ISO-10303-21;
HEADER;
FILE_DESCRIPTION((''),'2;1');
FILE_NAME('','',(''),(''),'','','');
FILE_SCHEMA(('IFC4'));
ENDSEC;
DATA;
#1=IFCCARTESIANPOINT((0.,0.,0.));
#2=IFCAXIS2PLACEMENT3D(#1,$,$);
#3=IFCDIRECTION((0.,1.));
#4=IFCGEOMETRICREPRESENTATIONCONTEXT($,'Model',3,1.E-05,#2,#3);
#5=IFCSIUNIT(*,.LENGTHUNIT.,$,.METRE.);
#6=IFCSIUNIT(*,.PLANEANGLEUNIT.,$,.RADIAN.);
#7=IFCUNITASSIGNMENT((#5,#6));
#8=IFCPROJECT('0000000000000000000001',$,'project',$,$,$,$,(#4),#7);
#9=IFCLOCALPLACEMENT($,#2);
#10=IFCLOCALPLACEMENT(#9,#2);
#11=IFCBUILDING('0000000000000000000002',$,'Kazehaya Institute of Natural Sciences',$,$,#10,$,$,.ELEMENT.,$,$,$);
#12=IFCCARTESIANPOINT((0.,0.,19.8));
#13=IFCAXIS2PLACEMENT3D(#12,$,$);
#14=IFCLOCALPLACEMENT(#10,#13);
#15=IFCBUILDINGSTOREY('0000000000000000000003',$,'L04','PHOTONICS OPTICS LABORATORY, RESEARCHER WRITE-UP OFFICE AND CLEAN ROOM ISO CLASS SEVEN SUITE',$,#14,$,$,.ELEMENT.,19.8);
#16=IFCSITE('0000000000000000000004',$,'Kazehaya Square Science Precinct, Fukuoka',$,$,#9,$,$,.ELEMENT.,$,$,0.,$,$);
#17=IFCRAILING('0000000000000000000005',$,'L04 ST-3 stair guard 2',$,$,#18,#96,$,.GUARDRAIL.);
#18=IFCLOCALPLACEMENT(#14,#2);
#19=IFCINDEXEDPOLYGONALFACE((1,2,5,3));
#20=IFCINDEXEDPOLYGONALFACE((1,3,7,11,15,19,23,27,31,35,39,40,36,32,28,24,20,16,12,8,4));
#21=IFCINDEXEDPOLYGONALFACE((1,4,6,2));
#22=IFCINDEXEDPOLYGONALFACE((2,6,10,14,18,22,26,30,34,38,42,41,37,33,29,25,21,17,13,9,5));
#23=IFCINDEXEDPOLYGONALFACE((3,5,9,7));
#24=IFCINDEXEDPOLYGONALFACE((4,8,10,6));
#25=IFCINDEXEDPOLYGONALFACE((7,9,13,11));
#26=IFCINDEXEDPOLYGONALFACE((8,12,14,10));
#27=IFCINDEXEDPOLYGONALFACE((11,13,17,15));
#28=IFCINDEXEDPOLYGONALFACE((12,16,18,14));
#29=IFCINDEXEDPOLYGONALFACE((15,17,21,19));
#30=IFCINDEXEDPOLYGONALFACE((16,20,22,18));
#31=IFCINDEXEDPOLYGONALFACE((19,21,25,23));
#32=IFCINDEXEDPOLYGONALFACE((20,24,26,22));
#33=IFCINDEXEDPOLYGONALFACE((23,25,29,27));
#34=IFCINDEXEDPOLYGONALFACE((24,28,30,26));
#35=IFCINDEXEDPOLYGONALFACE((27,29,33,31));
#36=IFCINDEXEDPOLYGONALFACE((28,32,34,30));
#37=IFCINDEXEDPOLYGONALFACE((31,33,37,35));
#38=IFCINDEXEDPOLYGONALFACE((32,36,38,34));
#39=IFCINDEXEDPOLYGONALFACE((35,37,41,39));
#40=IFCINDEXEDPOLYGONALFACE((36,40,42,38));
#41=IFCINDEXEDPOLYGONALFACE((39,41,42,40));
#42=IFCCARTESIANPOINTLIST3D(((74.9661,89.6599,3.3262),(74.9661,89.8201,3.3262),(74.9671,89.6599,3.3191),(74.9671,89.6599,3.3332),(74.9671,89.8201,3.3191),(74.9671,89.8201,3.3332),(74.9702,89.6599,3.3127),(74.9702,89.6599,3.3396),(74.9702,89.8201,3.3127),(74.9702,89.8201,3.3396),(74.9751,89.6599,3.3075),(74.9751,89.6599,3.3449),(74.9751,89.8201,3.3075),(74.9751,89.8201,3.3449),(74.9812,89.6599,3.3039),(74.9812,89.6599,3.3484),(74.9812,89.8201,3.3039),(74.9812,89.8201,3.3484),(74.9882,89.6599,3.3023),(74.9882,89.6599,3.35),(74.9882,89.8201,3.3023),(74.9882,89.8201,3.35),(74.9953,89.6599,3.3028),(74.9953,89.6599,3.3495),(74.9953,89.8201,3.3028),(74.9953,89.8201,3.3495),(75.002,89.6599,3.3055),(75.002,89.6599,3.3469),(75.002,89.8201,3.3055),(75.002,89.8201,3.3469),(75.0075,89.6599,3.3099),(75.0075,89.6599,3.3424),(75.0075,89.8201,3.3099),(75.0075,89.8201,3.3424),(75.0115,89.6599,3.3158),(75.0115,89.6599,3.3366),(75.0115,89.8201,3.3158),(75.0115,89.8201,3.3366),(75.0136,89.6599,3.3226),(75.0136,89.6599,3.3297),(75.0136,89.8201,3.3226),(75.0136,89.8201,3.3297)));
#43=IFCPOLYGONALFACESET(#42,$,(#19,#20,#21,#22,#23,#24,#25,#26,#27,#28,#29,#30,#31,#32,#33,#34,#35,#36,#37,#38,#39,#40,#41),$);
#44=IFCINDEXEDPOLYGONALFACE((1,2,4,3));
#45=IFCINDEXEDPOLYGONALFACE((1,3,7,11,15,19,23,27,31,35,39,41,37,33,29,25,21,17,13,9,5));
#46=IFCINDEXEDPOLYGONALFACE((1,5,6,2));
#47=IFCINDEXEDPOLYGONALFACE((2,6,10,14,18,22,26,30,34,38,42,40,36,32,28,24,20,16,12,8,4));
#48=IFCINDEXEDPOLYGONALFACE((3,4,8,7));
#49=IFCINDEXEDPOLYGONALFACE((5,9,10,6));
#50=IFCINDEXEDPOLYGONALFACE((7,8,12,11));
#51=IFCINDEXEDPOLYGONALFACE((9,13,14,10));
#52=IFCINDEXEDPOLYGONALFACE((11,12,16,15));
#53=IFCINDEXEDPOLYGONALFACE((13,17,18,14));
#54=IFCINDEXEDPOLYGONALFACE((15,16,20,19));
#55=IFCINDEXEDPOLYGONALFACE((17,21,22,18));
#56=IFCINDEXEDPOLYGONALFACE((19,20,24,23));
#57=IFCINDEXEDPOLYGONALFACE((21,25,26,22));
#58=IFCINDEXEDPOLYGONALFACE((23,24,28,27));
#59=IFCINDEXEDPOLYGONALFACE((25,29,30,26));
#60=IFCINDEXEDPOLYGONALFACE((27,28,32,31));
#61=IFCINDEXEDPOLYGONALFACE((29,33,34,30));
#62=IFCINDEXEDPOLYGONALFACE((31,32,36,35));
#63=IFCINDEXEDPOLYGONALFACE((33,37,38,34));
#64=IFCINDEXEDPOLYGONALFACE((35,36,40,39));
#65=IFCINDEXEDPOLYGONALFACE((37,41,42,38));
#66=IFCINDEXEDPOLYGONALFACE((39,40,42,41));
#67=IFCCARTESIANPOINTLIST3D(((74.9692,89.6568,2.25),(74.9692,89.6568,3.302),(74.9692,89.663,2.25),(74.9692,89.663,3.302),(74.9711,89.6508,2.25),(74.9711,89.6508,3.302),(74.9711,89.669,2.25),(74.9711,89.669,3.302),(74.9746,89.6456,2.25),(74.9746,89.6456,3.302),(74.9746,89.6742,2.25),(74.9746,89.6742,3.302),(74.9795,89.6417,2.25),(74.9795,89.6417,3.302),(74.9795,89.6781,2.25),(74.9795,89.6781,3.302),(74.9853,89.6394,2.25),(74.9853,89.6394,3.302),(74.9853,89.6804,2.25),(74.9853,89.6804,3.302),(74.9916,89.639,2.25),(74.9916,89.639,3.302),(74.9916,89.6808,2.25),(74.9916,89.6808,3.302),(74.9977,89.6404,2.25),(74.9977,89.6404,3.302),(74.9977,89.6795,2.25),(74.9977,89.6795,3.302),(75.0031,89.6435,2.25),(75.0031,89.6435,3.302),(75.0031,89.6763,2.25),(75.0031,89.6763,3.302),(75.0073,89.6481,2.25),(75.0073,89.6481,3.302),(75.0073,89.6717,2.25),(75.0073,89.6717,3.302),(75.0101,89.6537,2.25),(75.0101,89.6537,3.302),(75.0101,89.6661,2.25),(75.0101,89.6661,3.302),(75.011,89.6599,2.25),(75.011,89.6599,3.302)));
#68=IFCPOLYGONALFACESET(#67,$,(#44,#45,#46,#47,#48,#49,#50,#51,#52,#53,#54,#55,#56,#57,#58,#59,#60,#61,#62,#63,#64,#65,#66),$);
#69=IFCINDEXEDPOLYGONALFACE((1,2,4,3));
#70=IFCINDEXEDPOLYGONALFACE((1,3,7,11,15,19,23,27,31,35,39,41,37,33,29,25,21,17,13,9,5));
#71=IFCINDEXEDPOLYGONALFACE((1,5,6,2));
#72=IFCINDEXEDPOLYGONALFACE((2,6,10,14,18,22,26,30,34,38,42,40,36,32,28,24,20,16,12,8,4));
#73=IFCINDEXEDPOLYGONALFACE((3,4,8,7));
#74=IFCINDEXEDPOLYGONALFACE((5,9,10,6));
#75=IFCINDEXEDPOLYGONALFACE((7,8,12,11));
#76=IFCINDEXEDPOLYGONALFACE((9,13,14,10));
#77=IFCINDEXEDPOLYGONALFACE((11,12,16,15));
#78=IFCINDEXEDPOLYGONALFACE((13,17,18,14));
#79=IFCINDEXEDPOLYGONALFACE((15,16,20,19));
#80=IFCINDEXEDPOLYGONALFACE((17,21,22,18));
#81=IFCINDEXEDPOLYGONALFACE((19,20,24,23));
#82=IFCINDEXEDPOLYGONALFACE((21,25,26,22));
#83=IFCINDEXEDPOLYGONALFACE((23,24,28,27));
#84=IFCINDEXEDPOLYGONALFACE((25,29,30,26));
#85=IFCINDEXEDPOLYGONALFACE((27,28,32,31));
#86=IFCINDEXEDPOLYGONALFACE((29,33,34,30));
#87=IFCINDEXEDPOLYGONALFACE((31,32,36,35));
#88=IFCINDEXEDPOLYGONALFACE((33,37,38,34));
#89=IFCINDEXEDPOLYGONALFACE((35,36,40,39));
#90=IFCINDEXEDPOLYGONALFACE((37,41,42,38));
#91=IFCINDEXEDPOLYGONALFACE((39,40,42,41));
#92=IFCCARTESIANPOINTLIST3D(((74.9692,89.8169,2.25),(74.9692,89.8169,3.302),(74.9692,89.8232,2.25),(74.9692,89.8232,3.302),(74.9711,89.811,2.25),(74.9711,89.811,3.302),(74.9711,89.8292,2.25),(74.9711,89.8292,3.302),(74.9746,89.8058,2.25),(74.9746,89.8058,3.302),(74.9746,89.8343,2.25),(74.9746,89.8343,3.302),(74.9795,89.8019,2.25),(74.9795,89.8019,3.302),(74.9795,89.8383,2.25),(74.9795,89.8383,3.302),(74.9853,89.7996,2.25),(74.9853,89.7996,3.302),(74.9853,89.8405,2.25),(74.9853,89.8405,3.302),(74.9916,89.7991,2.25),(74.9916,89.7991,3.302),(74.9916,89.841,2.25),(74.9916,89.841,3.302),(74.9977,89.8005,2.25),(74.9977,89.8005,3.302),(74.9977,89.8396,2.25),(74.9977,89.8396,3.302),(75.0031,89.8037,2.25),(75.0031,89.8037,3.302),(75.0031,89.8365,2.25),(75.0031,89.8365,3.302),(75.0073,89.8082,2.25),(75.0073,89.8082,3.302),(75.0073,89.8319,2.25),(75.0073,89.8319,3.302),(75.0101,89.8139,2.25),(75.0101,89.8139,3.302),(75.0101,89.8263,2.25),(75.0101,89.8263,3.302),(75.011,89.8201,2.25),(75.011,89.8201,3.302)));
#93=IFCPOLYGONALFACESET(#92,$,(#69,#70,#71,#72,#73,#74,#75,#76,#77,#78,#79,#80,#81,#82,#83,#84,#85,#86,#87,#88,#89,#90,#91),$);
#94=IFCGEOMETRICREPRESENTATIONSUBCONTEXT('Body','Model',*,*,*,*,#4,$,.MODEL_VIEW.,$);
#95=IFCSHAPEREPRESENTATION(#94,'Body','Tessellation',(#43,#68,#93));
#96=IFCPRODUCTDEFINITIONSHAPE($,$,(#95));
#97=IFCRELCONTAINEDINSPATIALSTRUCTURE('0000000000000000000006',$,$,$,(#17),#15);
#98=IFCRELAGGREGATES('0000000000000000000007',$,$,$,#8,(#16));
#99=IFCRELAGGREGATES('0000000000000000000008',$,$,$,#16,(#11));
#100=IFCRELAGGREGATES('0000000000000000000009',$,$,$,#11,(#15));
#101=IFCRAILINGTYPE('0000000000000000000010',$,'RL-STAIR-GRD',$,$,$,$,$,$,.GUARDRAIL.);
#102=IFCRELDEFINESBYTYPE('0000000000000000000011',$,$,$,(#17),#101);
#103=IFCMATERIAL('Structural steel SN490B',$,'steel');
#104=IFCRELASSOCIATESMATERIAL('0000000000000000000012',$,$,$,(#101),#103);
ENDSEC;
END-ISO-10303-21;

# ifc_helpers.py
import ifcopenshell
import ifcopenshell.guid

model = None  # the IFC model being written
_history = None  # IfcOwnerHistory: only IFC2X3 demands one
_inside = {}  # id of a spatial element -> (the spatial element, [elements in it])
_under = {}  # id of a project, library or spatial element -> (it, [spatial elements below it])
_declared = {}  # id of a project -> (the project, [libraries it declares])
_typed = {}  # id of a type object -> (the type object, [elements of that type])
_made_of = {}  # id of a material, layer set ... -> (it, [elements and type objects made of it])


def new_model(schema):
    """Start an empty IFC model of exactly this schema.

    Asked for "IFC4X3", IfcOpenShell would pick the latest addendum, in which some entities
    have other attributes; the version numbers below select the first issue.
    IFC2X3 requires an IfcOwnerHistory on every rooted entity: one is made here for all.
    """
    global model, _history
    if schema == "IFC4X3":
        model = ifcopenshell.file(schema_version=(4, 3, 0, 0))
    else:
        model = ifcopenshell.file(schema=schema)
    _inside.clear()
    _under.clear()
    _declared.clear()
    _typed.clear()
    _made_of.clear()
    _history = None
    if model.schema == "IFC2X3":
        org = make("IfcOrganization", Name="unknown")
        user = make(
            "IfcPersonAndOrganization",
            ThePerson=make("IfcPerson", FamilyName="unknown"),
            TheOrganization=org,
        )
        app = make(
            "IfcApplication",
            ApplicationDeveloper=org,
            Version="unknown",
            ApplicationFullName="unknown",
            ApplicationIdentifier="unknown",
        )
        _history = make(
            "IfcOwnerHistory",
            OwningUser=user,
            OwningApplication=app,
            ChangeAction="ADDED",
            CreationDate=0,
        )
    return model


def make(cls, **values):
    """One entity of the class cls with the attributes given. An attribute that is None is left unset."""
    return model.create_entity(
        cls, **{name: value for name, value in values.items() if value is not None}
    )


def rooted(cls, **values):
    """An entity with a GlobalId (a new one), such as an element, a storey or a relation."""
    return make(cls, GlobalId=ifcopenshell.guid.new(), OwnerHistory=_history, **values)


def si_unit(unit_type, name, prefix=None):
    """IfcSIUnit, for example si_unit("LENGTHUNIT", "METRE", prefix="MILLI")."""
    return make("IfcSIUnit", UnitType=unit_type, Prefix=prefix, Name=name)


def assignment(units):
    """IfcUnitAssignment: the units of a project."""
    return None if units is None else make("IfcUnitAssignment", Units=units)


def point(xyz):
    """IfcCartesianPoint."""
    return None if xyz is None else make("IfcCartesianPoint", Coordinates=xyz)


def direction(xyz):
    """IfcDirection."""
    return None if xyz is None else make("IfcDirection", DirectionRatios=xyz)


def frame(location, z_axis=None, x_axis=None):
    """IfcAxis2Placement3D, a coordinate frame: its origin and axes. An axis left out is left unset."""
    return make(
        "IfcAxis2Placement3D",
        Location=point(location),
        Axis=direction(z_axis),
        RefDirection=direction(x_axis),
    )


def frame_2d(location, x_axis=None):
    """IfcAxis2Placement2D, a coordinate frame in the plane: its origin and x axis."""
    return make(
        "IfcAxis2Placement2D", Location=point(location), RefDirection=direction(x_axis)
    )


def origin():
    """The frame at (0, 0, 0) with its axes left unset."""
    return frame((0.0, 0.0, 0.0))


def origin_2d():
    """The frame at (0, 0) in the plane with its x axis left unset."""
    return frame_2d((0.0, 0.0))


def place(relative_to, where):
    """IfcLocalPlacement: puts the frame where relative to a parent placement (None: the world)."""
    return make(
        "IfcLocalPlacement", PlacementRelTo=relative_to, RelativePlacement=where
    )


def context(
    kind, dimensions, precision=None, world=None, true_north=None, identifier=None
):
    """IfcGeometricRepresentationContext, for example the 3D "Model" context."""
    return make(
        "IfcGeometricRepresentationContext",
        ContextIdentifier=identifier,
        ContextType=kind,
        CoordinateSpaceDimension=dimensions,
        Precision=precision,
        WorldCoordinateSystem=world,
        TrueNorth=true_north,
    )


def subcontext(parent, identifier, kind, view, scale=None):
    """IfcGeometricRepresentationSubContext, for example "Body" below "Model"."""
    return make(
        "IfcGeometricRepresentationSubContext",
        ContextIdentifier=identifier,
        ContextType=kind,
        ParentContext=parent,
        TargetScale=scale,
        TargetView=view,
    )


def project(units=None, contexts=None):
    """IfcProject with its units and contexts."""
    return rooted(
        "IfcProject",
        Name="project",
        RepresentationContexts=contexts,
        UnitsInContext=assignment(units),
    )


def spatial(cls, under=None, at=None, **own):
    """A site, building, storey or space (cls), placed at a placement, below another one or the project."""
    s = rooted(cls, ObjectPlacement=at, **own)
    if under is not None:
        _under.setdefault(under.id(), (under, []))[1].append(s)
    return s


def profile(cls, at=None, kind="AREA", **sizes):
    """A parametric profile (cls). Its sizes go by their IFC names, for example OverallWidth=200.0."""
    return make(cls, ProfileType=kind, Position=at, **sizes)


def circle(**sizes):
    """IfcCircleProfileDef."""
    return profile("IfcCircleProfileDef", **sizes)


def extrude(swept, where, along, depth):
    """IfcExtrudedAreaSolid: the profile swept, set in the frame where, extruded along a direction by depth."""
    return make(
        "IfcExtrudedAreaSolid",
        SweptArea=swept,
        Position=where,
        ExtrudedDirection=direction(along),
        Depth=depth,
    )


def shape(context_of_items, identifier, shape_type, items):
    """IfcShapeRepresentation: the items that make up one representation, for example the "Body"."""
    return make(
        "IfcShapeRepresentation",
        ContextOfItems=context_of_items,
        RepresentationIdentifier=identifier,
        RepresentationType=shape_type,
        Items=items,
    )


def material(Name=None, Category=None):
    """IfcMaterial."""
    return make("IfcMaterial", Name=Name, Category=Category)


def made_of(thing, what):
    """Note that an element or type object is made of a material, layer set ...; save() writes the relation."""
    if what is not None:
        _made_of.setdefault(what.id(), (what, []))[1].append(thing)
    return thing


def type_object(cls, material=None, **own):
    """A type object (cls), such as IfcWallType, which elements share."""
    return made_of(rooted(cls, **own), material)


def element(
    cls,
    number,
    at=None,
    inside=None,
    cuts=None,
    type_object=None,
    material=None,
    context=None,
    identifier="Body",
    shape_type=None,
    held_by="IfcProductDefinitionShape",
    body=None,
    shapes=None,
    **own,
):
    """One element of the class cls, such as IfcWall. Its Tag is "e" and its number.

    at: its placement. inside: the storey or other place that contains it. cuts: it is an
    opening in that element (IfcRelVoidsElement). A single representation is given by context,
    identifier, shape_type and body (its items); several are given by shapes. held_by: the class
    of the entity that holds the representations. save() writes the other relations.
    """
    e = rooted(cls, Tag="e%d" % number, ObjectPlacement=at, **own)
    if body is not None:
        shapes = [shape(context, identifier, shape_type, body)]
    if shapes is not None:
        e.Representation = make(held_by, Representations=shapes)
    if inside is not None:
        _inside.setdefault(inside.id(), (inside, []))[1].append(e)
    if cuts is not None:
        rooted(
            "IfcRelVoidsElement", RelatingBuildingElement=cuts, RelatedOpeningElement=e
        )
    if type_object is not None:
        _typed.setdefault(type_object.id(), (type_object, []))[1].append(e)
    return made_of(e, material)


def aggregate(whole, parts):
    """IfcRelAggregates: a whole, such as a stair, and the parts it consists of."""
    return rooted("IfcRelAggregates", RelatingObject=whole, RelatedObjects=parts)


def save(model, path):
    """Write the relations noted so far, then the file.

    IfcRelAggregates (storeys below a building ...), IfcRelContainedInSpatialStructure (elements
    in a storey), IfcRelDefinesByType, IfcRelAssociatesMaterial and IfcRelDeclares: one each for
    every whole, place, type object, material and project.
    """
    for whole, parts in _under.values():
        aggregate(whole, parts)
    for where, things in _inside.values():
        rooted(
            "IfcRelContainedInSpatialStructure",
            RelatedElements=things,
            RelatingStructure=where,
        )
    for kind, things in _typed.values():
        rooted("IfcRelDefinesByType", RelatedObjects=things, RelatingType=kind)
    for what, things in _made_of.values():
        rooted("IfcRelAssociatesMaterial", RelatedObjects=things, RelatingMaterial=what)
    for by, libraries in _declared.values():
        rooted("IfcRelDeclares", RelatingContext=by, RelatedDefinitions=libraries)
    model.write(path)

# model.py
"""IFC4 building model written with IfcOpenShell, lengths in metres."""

from ifc_helpers import new_model, si_unit, direction, frame, origin, origin_2d, place, context, subcontext, project, spatial, circle, extrude, material, type_object, element, save


model = new_model("IFC4")

# Units and contexts
model_context = context("Model", 3, precision=1e-05, world=origin(), true_north=direction((0.0, 1.0)))
body_context = subcontext(model_context, "Body", "Model", "MODEL_VIEW")
ifc_project = project(units=[si_unit("LENGTHUNIT", "METRE"), si_unit("PLANEANGLEUNIT", "RADIAN")], contexts=[model_context])

# Site, building, storey
site_placement = place(None, origin())
site = spatial("IfcSite", under=ifc_project, at=site_placement, Name="Kazehaya Square Science Precinct, Fukuoka", CompositionType="ELEMENT", RefElevation=0.0)
building_placement = place(site_placement, origin())
building = spatial("IfcBuilding", under=site, at=building_placement, Name="Kazehaya Institute of Natural Sciences", CompositionType="ELEMENT")
storey_placement = place(building_placement, frame((0.0, 0.0, 19.8)))
storey = spatial("IfcBuildingStorey", under=building, at=storey_placement, Name="L04", Description="PHOTONICS OPTICS LABORATORY, RESEARCHER WRITE-UP OFFICE AND CLEAN ROOM ISO CLASS SEVEN SUITE", CompositionType="ELEMENT", Elevation=19.8)

# Railing
ifc_material_1 = material(Name="Structural steel SN490B", Category="steel")
railing_type_1 = type_object("IfcRailingType", Name="RL-STAIR-GRD", PredefinedType="GUARDRAIL", material=ifc_material_1)
railing_1_placement = place(storey_placement, frame((74.99, 89.6599, 2.25)))
element("IfcRailing", 1, at=railing_1_placement, inside=storey, type_object=railing_type_1, Name="L04 ST-3 stair guard 2", PredefinedType="GUARDRAIL", context=body_context, shape_type="SweptSolid", body=[
    extrude(circle(Radius=0.0239, at=origin_2d()), frame((0.0, 0.0, 1.0762), z_axis=(0.0, 1.0, 0.0), x_axis=(-1.0, 0.0, 0.0)), (0.0, 0.0, 1.0), 0.1602),
    extrude(circle(Radius=0.021, at=origin_2d()), origin(), (0.0, 0.0, 1.0), 1.052),
    extrude(circle(Radius=0.021, at=origin_2d()), frame((0.0, 0.1602, 0.0)), (0.0, 0.0, 1.0), 1.052),
])

save(model, "model.ifc")
